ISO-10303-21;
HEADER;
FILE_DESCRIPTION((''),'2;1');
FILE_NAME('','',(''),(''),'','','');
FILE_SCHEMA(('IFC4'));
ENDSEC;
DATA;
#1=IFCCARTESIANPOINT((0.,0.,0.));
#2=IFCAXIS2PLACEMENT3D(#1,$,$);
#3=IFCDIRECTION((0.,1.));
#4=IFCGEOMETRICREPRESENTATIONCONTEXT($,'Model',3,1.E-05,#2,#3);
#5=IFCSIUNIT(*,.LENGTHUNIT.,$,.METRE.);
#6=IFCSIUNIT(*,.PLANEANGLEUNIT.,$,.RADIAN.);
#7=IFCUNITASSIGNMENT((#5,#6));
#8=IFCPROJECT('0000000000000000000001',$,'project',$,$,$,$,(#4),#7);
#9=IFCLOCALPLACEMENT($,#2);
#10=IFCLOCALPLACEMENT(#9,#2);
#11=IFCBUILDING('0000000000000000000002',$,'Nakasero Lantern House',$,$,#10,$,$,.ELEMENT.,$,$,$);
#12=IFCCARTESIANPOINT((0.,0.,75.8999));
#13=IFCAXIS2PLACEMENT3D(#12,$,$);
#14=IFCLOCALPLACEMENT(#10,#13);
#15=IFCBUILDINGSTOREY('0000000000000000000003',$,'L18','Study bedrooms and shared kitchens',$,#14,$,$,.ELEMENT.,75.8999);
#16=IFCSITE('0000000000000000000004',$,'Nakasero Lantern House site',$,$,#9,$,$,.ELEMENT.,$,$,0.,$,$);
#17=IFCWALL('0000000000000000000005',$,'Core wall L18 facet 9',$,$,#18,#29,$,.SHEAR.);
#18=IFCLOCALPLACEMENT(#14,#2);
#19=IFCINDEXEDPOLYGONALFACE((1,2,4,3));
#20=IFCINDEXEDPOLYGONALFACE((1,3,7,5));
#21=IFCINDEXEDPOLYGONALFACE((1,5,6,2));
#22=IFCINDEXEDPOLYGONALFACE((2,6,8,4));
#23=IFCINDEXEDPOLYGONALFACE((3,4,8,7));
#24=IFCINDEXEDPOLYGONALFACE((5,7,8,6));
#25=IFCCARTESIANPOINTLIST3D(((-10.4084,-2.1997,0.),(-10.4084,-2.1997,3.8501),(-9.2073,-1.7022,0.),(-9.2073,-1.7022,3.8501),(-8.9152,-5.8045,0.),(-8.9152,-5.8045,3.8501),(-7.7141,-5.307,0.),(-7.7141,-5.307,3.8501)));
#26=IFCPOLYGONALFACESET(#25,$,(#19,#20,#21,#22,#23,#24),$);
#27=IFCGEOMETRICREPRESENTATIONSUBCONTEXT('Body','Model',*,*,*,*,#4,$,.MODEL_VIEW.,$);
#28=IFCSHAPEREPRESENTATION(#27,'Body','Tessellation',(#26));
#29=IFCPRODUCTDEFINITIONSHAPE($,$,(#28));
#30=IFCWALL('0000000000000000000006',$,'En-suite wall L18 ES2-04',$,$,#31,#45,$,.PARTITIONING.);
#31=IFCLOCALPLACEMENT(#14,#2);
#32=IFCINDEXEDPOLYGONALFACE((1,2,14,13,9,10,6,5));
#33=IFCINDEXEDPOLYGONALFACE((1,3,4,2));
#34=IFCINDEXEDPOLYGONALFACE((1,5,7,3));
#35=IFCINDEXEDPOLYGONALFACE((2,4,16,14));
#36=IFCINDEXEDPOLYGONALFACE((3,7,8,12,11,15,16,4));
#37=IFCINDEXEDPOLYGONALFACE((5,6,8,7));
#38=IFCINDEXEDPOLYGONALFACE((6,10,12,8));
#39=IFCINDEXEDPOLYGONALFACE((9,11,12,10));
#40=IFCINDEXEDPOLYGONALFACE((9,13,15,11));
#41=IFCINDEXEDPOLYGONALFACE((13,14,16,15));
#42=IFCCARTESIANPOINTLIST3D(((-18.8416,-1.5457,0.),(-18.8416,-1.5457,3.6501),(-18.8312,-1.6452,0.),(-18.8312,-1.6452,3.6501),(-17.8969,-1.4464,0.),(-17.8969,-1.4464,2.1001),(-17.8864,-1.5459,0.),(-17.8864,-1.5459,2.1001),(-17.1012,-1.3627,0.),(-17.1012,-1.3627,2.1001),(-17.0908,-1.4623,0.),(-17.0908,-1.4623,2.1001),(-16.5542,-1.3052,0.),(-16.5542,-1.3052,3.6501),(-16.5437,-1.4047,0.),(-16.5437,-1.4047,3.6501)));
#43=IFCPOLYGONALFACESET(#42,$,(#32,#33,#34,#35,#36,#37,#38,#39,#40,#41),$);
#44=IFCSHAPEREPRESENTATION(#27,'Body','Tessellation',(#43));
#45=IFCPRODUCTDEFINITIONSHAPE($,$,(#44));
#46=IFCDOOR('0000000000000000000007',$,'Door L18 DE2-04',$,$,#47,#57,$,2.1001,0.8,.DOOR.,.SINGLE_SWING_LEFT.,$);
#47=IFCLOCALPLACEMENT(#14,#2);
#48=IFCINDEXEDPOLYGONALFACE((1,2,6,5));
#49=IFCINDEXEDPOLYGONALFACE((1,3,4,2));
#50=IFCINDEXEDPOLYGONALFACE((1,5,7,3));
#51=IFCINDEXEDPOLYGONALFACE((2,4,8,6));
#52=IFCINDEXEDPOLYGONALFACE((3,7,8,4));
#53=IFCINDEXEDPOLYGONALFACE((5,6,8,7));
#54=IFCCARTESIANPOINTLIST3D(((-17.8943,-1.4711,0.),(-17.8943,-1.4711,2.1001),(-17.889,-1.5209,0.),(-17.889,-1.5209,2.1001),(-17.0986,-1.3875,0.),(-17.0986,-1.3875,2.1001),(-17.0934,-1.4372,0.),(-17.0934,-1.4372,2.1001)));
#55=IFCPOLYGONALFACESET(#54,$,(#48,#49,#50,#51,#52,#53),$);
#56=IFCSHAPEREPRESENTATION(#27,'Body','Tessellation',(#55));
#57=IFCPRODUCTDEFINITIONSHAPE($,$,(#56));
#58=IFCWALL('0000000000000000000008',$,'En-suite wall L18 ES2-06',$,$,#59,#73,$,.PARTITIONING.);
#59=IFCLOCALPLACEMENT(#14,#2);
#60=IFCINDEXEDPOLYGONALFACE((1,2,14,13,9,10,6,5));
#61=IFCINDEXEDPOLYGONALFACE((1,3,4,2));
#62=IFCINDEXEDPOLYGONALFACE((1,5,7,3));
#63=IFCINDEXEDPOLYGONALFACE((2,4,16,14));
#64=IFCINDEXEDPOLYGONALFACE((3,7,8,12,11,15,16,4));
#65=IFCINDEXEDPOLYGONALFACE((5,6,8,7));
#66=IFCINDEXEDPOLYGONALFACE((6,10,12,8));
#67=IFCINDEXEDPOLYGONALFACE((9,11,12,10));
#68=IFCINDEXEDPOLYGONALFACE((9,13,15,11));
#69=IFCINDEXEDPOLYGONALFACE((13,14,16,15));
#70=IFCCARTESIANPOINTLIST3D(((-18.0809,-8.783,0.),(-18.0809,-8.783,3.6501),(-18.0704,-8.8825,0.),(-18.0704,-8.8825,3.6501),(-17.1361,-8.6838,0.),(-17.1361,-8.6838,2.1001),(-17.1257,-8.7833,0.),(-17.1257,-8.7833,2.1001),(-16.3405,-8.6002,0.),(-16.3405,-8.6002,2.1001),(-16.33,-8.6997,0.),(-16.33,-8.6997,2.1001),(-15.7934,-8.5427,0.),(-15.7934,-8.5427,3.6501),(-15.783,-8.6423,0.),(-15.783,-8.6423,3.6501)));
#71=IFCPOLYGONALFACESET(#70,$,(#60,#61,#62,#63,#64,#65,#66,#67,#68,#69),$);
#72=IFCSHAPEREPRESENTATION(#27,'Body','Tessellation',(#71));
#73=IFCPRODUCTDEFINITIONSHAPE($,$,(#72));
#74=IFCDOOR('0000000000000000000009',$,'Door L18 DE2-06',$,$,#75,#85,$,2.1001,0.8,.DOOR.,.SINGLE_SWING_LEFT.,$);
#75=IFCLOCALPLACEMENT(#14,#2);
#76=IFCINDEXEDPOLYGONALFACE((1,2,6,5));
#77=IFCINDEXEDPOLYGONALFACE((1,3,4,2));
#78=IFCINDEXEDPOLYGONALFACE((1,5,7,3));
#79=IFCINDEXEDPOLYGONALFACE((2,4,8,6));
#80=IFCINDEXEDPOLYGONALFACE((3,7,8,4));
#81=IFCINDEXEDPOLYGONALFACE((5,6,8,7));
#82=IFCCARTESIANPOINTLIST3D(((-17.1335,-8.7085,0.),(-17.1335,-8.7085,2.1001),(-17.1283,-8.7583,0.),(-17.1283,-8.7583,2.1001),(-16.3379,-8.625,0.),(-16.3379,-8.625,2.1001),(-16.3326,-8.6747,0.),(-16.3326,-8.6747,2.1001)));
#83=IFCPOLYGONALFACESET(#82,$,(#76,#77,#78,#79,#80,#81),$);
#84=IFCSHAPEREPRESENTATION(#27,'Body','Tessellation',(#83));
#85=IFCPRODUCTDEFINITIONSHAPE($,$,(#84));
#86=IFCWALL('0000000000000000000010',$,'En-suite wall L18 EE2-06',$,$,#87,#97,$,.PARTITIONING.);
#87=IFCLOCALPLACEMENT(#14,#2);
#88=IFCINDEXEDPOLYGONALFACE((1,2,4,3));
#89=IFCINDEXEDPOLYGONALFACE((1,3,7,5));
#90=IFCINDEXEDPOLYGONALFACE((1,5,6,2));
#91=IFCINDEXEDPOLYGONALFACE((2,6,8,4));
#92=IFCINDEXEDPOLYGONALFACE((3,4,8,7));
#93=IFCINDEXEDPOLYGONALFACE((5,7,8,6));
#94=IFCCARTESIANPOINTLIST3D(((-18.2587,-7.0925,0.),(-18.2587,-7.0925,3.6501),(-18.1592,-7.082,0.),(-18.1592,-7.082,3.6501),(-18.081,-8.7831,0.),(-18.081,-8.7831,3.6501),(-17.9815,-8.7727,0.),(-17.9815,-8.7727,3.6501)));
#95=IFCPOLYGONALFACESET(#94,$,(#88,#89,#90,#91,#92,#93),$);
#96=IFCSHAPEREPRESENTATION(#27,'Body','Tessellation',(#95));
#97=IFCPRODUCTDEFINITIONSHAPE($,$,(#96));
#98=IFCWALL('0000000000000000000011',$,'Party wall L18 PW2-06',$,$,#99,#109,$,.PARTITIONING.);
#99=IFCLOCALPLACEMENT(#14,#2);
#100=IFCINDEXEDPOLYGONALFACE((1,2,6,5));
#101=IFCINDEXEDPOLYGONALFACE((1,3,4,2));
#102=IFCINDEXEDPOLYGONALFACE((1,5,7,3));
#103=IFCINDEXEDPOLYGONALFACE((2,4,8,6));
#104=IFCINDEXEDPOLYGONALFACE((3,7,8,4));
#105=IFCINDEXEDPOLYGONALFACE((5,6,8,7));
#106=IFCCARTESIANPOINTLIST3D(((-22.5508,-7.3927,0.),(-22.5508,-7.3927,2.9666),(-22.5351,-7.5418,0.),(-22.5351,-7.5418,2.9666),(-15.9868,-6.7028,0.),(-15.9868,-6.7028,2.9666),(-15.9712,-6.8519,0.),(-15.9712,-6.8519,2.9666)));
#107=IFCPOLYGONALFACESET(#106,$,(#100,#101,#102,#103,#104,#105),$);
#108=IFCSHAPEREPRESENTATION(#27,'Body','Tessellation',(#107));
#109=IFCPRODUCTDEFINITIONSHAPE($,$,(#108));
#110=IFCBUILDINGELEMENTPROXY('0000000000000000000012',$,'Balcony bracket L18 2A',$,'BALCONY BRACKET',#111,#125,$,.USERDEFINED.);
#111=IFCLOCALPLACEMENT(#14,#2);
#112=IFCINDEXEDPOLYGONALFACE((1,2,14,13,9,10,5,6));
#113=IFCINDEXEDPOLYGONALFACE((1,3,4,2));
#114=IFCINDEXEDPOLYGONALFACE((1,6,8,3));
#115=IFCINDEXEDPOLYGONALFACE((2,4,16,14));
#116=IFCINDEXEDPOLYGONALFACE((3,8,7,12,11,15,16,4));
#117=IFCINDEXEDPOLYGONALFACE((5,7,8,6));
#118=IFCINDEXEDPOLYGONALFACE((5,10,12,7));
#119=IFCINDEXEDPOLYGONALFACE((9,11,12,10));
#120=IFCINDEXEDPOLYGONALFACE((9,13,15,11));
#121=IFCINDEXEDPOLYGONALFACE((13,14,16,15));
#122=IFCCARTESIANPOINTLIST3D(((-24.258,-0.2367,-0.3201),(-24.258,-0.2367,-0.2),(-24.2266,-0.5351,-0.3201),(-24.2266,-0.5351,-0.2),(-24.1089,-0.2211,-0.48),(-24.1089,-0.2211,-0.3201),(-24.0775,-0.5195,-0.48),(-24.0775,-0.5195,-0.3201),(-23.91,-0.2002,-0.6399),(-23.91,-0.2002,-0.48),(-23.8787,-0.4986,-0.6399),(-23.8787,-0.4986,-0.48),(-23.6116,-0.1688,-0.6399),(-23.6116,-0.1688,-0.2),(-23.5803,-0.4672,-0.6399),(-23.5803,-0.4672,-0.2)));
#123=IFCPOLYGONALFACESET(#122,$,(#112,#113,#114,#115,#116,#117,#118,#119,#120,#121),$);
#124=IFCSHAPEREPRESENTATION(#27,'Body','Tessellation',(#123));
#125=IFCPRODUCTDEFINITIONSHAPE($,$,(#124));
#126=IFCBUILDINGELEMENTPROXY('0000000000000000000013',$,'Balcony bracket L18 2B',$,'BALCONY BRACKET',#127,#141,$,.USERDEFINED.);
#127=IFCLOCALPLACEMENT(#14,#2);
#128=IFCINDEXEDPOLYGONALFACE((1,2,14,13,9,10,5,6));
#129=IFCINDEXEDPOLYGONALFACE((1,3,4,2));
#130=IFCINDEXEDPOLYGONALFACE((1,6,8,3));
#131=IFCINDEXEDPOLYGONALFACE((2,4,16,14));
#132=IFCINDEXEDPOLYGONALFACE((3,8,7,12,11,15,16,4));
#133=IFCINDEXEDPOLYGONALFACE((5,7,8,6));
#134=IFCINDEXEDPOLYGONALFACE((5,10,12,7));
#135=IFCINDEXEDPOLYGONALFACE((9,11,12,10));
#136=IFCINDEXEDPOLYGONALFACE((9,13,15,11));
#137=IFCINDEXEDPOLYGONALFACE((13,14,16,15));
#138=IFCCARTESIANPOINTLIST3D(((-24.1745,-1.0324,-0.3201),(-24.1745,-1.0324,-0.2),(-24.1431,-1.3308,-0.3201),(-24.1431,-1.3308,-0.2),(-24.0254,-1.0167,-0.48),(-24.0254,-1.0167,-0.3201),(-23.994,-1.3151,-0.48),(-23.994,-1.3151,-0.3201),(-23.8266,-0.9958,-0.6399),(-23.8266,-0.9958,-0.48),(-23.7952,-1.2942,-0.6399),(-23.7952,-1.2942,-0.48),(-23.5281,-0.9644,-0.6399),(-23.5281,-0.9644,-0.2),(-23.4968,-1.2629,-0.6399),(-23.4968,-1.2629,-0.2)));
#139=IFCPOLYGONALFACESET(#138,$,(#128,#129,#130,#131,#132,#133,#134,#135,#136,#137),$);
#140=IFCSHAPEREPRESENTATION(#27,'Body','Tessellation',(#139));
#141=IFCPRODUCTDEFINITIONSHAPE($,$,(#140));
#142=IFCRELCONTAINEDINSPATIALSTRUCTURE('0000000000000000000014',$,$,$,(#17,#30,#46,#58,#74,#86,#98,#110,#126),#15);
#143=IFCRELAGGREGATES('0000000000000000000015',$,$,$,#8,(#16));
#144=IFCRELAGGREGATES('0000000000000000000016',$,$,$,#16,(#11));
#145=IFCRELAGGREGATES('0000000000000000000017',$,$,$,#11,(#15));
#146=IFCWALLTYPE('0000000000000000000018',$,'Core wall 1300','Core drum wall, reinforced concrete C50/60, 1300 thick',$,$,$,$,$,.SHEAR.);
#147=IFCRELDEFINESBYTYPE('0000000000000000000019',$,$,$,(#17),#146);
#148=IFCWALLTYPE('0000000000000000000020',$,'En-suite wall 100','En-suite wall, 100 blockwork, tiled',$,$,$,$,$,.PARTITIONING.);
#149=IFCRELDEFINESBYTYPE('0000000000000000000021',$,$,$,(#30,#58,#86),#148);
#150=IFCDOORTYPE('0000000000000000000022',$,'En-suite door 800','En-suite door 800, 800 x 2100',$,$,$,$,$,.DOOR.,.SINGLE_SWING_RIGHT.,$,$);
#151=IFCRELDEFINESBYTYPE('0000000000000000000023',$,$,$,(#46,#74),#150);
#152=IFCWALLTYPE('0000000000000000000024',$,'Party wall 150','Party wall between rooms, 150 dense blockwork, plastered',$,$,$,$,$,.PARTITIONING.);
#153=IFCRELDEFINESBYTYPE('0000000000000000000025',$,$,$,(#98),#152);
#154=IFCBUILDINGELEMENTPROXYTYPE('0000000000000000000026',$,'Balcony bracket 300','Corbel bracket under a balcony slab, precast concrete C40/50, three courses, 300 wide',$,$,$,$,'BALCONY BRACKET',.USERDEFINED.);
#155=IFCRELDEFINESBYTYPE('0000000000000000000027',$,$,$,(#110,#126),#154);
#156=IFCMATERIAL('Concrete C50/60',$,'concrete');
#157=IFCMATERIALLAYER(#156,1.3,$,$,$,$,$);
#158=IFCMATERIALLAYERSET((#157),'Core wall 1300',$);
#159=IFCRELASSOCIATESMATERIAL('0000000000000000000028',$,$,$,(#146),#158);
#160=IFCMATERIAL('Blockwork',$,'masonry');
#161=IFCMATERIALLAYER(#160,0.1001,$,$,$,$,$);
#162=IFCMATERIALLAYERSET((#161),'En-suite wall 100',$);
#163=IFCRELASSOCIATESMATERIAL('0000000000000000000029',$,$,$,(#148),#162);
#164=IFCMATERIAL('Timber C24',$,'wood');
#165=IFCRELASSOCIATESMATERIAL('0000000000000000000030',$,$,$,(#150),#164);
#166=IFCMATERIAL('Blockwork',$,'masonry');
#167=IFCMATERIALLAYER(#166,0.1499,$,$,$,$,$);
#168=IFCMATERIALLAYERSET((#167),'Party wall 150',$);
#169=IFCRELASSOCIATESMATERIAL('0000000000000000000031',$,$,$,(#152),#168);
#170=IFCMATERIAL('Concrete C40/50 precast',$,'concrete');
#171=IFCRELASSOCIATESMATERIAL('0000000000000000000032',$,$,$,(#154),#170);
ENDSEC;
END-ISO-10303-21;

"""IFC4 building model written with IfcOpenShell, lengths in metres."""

from ifc_helpers import new_model, si_unit, direction, frame, frame_2d, origin, place, context, subcontext, project, spatial, polyline, rectangle, outline, extrude, material, layer, layer_set, type_object, element, fill, save


model = new_model("IFC4")

# Units and contexts
model_context = context("Model", 3, precision=1e-05, world=origin(), true_north=direction((0.0, 1.0)))
body_context = subcontext(model_context, "Body", "Model", "MODEL_VIEW")
ifc_project = project(units=[si_unit("LENGTHUNIT", "METRE"), si_unit("PLANEANGLEUNIT", "RADIAN")], contexts=[model_context])

# Site, building, storey
site_placement = place(None, origin())
site = spatial("IfcSite", under=ifc_project, at=site_placement, Name="Nakasero Lantern House site", CompositionType="ELEMENT", RefElevation=0.0)
building_placement = place(site_placement, origin())
building = spatial("IfcBuilding", under=site, at=building_placement, Name="Nakasero Lantern House", CompositionType="ELEMENT")
storey_placement = place(building_placement, frame((0.0, 0.0, 75.8999)))
storey = spatial("IfcBuildingStorey", under=building, at=storey_placement, Name="L18", Description="Study bedrooms and shared kitchens", CompositionType="ELEMENT", Elevation=75.8999)

# Wall
ifc_material_1 = material(Name="Concrete C50/60", Category="concrete")
ifc_layer_1 = layer(ifc_material_1, 1.3)
ifc_layer_set_1 = layer_set([ifc_layer_1], Name="Core wall 1300")
wall_type_1 = type_object("IfcWallType", Name="Core wall 1300", Description="Core drum wall, reinforced concrete C50/60, 1300 thick", PredefinedType="SHEAR", material=ifc_layer_set_1)
wall_1_placement = place(storey_placement, frame((-9.8079, -1.9509, 0.0), z_axis=(0.0, 0.0, 1.0), x_axis=(0.382691, -0.923877, 0.0)))
element("IfcWall", 1, at=wall_1_placement, inside=storey, type_object=wall_type_1, Name="Core wall L18 facet 9", PredefinedType="SHEAR", context=body_context, shape_type="SweptSolid", body=[
    extrude(rectangle(XDim=3.9019, YDim=1.3, at=frame_2d((1.9509, 0.0))), origin(), (0.0, 0.0, 1.0), 3.8501),
])

# Walls, openings, doors
ifc_material_2 = material(Name="Blockwork", Category="masonry")
ifc_layer_2 = layer(ifc_material_2, 0.1001)
ifc_layer_set_2 = layer_set([ifc_layer_2], Name="En-suite wall 100")
wall_type_2 = type_object("IfcWallType", Name="En-suite wall 100", Description="En-suite wall, 100 blockwork, tiled", PredefinedType="PARTITIONING", material=ifc_layer_set_2)
wall_2_placement = place(storey_placement, frame((-16.5491, -1.355, 0.0), z_axis=(0.0, 0.0, 1.0), x_axis=(-0.994519, -0.104558, 0.0)))
wall_2 = element("IfcWall", 2, at=wall_2_placement, inside=storey, type_object=wall_type_2, Name="En-suite wall L18 ES2-04", PredefinedType="PARTITIONING", context=body_context, shape_type="SweptSolid", body=[
    extrude(rectangle(XDim=2.3, YDim=0.1001, at=frame_2d((1.1499, 0.0))), origin(), (0.0, 0.0, 1.0), 3.6501),
])
opening_1_placement = place(wall_2_placement, frame((0.55, 0.0, 0.0)))
opening_1 = element("IfcOpeningElement", 3, at=opening_1_placement, cuts=wall_2, PredefinedType="OPENING", context=body_context, shape_type="SweptSolid", body=[
    extrude(rectangle(XDim=0.8, YDim=2.1001, at=frame_2d((0.3999, 1.05))), frame((0.0, 0.0701, 0.0), z_axis=(0.0, -1.0, 0.0), x_axis=(1.0, 0.0, 0.0)), (0.0, 0.0, 1.0), 0.1401),
])
ifc_material_3 = material(Name="Timber C24", Category="wood")
door_type = type_object("IfcDoorType", Name="En-suite door 800", Description="En-suite door 800, 800 x 2100", OperationType="SINGLE_SWING_RIGHT", PredefinedType="DOOR", material=ifc_material_3)
door_1_placement = place(opening_1_placement, origin())
door_1 = element("IfcDoor", 4, at=door_1_placement, inside=storey, type_object=door_type, Name="Door L18 DE2-04", OperationType="SINGLE_SWING_LEFT", OverallHeight=2.1001, OverallWidth=0.8, PredefinedType="DOOR", context=body_context, shape_type="SweptSolid", body=[
    extrude(rectangle(XDim=0.8, YDim=2.1001, at=frame_2d((0.3999, 1.05))), frame((0.0, 0.0249, 0.0), z_axis=(0.0, -1.0, 0.0), x_axis=(1.0, 0.0, 0.0)), (0.0, 0.0, 1.0), 0.05),
])
fill(opening_1, door_1)
wall_3_placement = place(storey_placement, frame((-15.7883, -8.5925, 0.0), z_axis=(0.0, 0.0, 1.0), x_axis=(-0.99453, -0.104453, 0.0)))
wall_3 = element("IfcWall", 5, at=wall_3_placement, inside=storey, type_object=wall_type_2, Name="En-suite wall L18 ES2-06", PredefinedType="PARTITIONING", context=body_context, shape_type="SweptSolid", body=[
    extrude(rectangle(XDim=2.3, YDim=0.1001, at=frame_2d((1.1499, 0.0))), origin(), (0.0, 0.0, 1.0), 3.6501),
])
opening_2_placement = place(wall_3_placement, frame((0.55, 0.0, 0.0)))
opening_2 = element("IfcOpeningElement", 6, at=opening_2_placement, cuts=wall_3, PredefinedType="OPENING", context=body_context, shape_type="SweptSolid", body=[
    extrude(rectangle(XDim=0.8, YDim=2.1001, at=frame_2d((0.3999, 1.05))), frame((0.0, 0.0701, 0.0), z_axis=(0.0, -1.0, 0.0), x_axis=(1.0, 0.0, 0.0)), (0.0, 0.0, 1.0), 0.1401),
])
door_2_placement = place(opening_2_placement, origin())
door_2 = element("IfcDoor", 7, at=door_2_placement, inside=storey, type_object=door_type, Name="Door L18 DE2-06", OperationType="SINGLE_SWING_LEFT", OverallHeight=2.1001, OverallWidth=0.8, PredefinedType="DOOR", context=body_context, shape_type="SweptSolid", body=[
    extrude(rectangle(XDim=0.8, YDim=2.1001, at=frame_2d((0.3999, 1.05))), frame((0.0, 0.0249, 0.0), z_axis=(0.0, -1.0, 0.0), x_axis=(1.0, 0.0, 0.0)), (0.0, 0.0, 1.0), 0.05),
])
fill(opening_2, door_2)

# Walls
wall_4_placement = place(storey_placement, frame((-18.209, -7.0872, 0.0), z_axis=(0.0, 0.0, 1.0), x_axis=(0.10455, -0.99452, 0.0)))
element("IfcWall", 8, at=wall_4_placement, inside=storey, type_object=wall_type_2, Name="En-suite wall L18 EE2-06", PredefinedType="PARTITIONING", context=body_context, shape_type="SweptSolid", body=[
    extrude(rectangle(XDim=1.7, YDim=0.1001, at=frame_2d((0.8501, 0.0))), origin(), (0.0, 0.0, 1.0), 3.6501),
])
ifc_material_4 = material(Name="Blockwork", Category="masonry")
ifc_layer_3 = layer(ifc_material_4, 0.1499)
ifc_layer_set_3 = layer_set([ifc_layer_3], Name="Party wall 150")
wall_type_3 = type_object("IfcWallType", Name="Party wall 150", Description="Party wall between rooms, 150 dense blockwork, plastered", PredefinedType="PARTITIONING", material=ifc_layer_set_3)
wall_5_placement = place(storey_placement, frame((-15.979, -6.7773, 0.0), z_axis=(0.0, 0.0, 1.0), x_axis=(-0.994521, -0.104535, 0.0)))
element("IfcWall", 9, at=wall_5_placement, inside=storey, type_object=wall_type_3, Name="Party wall L18 PW2-06", PredefinedType="PARTITIONING", context=body_context, shape_type="SweptSolid", body=[
    extrude(rectangle(XDim=6.6001, YDim=0.1499, at=frame_2d((3.3, 0.0))), origin(), (0.0, 0.0, 1.0), 2.9666),
])

# Building element proxies
ifc_material_5 = material(Name="Concrete C40/50 precast", Category="concrete")
building_element_proxy_type = type_object("IfcBuildingElementProxyType", Name="Balcony bracket 300", Description="Corbel bracket under a balcony slab, precast concrete C40/50, three courses, 300 wide", ElementType="BALCONY BRACKET", PredefinedType="USERDEFINED", material=ifc_material_5)
for number, where, z_axis, x_axis, name in (
    (10, (-23.5959, -0.3181, -0.2), (0.0, 0.0, 1.0), (-0.994522, -0.104528, 0.0), "Balcony bracket L18 2A"),
    (11, (-23.5125, -1.1138, -0.2), (0.0, 0.0, 1.0), (-0.994522, -0.104528, 0.0), "Balcony bracket L18 2B"),
):
    element("IfcBuildingElementProxy", number, at=place(storey_placement, frame(where, z_axis=z_axis, x_axis=x_axis)), inside=storey, type_object=building_element_proxy_type, Name=name, ObjectType="BALCONY BRACKET", PredefinedType="USERDEFINED", context=body_context, shape_type="SweptSolid", body=[
        extrude(outline(polyline([(0.0, 0.0), (0.6499, 0.0), (0.6499, -0.1201), (0.5, -0.1201), (0.5, -0.28), (0.3, -0.28), (0.3, -0.4399), (0.0, -0.4399), (0.0, 0.0)])), frame((0.0, 0.1499, 0.0), z_axis=(0.0, -1.0, 0.0), x_axis=(1.0, 0.0, 0.0)), (0.0, 0.0, 1.0), 0.3),
    ])

save(model, "model.ifc")
